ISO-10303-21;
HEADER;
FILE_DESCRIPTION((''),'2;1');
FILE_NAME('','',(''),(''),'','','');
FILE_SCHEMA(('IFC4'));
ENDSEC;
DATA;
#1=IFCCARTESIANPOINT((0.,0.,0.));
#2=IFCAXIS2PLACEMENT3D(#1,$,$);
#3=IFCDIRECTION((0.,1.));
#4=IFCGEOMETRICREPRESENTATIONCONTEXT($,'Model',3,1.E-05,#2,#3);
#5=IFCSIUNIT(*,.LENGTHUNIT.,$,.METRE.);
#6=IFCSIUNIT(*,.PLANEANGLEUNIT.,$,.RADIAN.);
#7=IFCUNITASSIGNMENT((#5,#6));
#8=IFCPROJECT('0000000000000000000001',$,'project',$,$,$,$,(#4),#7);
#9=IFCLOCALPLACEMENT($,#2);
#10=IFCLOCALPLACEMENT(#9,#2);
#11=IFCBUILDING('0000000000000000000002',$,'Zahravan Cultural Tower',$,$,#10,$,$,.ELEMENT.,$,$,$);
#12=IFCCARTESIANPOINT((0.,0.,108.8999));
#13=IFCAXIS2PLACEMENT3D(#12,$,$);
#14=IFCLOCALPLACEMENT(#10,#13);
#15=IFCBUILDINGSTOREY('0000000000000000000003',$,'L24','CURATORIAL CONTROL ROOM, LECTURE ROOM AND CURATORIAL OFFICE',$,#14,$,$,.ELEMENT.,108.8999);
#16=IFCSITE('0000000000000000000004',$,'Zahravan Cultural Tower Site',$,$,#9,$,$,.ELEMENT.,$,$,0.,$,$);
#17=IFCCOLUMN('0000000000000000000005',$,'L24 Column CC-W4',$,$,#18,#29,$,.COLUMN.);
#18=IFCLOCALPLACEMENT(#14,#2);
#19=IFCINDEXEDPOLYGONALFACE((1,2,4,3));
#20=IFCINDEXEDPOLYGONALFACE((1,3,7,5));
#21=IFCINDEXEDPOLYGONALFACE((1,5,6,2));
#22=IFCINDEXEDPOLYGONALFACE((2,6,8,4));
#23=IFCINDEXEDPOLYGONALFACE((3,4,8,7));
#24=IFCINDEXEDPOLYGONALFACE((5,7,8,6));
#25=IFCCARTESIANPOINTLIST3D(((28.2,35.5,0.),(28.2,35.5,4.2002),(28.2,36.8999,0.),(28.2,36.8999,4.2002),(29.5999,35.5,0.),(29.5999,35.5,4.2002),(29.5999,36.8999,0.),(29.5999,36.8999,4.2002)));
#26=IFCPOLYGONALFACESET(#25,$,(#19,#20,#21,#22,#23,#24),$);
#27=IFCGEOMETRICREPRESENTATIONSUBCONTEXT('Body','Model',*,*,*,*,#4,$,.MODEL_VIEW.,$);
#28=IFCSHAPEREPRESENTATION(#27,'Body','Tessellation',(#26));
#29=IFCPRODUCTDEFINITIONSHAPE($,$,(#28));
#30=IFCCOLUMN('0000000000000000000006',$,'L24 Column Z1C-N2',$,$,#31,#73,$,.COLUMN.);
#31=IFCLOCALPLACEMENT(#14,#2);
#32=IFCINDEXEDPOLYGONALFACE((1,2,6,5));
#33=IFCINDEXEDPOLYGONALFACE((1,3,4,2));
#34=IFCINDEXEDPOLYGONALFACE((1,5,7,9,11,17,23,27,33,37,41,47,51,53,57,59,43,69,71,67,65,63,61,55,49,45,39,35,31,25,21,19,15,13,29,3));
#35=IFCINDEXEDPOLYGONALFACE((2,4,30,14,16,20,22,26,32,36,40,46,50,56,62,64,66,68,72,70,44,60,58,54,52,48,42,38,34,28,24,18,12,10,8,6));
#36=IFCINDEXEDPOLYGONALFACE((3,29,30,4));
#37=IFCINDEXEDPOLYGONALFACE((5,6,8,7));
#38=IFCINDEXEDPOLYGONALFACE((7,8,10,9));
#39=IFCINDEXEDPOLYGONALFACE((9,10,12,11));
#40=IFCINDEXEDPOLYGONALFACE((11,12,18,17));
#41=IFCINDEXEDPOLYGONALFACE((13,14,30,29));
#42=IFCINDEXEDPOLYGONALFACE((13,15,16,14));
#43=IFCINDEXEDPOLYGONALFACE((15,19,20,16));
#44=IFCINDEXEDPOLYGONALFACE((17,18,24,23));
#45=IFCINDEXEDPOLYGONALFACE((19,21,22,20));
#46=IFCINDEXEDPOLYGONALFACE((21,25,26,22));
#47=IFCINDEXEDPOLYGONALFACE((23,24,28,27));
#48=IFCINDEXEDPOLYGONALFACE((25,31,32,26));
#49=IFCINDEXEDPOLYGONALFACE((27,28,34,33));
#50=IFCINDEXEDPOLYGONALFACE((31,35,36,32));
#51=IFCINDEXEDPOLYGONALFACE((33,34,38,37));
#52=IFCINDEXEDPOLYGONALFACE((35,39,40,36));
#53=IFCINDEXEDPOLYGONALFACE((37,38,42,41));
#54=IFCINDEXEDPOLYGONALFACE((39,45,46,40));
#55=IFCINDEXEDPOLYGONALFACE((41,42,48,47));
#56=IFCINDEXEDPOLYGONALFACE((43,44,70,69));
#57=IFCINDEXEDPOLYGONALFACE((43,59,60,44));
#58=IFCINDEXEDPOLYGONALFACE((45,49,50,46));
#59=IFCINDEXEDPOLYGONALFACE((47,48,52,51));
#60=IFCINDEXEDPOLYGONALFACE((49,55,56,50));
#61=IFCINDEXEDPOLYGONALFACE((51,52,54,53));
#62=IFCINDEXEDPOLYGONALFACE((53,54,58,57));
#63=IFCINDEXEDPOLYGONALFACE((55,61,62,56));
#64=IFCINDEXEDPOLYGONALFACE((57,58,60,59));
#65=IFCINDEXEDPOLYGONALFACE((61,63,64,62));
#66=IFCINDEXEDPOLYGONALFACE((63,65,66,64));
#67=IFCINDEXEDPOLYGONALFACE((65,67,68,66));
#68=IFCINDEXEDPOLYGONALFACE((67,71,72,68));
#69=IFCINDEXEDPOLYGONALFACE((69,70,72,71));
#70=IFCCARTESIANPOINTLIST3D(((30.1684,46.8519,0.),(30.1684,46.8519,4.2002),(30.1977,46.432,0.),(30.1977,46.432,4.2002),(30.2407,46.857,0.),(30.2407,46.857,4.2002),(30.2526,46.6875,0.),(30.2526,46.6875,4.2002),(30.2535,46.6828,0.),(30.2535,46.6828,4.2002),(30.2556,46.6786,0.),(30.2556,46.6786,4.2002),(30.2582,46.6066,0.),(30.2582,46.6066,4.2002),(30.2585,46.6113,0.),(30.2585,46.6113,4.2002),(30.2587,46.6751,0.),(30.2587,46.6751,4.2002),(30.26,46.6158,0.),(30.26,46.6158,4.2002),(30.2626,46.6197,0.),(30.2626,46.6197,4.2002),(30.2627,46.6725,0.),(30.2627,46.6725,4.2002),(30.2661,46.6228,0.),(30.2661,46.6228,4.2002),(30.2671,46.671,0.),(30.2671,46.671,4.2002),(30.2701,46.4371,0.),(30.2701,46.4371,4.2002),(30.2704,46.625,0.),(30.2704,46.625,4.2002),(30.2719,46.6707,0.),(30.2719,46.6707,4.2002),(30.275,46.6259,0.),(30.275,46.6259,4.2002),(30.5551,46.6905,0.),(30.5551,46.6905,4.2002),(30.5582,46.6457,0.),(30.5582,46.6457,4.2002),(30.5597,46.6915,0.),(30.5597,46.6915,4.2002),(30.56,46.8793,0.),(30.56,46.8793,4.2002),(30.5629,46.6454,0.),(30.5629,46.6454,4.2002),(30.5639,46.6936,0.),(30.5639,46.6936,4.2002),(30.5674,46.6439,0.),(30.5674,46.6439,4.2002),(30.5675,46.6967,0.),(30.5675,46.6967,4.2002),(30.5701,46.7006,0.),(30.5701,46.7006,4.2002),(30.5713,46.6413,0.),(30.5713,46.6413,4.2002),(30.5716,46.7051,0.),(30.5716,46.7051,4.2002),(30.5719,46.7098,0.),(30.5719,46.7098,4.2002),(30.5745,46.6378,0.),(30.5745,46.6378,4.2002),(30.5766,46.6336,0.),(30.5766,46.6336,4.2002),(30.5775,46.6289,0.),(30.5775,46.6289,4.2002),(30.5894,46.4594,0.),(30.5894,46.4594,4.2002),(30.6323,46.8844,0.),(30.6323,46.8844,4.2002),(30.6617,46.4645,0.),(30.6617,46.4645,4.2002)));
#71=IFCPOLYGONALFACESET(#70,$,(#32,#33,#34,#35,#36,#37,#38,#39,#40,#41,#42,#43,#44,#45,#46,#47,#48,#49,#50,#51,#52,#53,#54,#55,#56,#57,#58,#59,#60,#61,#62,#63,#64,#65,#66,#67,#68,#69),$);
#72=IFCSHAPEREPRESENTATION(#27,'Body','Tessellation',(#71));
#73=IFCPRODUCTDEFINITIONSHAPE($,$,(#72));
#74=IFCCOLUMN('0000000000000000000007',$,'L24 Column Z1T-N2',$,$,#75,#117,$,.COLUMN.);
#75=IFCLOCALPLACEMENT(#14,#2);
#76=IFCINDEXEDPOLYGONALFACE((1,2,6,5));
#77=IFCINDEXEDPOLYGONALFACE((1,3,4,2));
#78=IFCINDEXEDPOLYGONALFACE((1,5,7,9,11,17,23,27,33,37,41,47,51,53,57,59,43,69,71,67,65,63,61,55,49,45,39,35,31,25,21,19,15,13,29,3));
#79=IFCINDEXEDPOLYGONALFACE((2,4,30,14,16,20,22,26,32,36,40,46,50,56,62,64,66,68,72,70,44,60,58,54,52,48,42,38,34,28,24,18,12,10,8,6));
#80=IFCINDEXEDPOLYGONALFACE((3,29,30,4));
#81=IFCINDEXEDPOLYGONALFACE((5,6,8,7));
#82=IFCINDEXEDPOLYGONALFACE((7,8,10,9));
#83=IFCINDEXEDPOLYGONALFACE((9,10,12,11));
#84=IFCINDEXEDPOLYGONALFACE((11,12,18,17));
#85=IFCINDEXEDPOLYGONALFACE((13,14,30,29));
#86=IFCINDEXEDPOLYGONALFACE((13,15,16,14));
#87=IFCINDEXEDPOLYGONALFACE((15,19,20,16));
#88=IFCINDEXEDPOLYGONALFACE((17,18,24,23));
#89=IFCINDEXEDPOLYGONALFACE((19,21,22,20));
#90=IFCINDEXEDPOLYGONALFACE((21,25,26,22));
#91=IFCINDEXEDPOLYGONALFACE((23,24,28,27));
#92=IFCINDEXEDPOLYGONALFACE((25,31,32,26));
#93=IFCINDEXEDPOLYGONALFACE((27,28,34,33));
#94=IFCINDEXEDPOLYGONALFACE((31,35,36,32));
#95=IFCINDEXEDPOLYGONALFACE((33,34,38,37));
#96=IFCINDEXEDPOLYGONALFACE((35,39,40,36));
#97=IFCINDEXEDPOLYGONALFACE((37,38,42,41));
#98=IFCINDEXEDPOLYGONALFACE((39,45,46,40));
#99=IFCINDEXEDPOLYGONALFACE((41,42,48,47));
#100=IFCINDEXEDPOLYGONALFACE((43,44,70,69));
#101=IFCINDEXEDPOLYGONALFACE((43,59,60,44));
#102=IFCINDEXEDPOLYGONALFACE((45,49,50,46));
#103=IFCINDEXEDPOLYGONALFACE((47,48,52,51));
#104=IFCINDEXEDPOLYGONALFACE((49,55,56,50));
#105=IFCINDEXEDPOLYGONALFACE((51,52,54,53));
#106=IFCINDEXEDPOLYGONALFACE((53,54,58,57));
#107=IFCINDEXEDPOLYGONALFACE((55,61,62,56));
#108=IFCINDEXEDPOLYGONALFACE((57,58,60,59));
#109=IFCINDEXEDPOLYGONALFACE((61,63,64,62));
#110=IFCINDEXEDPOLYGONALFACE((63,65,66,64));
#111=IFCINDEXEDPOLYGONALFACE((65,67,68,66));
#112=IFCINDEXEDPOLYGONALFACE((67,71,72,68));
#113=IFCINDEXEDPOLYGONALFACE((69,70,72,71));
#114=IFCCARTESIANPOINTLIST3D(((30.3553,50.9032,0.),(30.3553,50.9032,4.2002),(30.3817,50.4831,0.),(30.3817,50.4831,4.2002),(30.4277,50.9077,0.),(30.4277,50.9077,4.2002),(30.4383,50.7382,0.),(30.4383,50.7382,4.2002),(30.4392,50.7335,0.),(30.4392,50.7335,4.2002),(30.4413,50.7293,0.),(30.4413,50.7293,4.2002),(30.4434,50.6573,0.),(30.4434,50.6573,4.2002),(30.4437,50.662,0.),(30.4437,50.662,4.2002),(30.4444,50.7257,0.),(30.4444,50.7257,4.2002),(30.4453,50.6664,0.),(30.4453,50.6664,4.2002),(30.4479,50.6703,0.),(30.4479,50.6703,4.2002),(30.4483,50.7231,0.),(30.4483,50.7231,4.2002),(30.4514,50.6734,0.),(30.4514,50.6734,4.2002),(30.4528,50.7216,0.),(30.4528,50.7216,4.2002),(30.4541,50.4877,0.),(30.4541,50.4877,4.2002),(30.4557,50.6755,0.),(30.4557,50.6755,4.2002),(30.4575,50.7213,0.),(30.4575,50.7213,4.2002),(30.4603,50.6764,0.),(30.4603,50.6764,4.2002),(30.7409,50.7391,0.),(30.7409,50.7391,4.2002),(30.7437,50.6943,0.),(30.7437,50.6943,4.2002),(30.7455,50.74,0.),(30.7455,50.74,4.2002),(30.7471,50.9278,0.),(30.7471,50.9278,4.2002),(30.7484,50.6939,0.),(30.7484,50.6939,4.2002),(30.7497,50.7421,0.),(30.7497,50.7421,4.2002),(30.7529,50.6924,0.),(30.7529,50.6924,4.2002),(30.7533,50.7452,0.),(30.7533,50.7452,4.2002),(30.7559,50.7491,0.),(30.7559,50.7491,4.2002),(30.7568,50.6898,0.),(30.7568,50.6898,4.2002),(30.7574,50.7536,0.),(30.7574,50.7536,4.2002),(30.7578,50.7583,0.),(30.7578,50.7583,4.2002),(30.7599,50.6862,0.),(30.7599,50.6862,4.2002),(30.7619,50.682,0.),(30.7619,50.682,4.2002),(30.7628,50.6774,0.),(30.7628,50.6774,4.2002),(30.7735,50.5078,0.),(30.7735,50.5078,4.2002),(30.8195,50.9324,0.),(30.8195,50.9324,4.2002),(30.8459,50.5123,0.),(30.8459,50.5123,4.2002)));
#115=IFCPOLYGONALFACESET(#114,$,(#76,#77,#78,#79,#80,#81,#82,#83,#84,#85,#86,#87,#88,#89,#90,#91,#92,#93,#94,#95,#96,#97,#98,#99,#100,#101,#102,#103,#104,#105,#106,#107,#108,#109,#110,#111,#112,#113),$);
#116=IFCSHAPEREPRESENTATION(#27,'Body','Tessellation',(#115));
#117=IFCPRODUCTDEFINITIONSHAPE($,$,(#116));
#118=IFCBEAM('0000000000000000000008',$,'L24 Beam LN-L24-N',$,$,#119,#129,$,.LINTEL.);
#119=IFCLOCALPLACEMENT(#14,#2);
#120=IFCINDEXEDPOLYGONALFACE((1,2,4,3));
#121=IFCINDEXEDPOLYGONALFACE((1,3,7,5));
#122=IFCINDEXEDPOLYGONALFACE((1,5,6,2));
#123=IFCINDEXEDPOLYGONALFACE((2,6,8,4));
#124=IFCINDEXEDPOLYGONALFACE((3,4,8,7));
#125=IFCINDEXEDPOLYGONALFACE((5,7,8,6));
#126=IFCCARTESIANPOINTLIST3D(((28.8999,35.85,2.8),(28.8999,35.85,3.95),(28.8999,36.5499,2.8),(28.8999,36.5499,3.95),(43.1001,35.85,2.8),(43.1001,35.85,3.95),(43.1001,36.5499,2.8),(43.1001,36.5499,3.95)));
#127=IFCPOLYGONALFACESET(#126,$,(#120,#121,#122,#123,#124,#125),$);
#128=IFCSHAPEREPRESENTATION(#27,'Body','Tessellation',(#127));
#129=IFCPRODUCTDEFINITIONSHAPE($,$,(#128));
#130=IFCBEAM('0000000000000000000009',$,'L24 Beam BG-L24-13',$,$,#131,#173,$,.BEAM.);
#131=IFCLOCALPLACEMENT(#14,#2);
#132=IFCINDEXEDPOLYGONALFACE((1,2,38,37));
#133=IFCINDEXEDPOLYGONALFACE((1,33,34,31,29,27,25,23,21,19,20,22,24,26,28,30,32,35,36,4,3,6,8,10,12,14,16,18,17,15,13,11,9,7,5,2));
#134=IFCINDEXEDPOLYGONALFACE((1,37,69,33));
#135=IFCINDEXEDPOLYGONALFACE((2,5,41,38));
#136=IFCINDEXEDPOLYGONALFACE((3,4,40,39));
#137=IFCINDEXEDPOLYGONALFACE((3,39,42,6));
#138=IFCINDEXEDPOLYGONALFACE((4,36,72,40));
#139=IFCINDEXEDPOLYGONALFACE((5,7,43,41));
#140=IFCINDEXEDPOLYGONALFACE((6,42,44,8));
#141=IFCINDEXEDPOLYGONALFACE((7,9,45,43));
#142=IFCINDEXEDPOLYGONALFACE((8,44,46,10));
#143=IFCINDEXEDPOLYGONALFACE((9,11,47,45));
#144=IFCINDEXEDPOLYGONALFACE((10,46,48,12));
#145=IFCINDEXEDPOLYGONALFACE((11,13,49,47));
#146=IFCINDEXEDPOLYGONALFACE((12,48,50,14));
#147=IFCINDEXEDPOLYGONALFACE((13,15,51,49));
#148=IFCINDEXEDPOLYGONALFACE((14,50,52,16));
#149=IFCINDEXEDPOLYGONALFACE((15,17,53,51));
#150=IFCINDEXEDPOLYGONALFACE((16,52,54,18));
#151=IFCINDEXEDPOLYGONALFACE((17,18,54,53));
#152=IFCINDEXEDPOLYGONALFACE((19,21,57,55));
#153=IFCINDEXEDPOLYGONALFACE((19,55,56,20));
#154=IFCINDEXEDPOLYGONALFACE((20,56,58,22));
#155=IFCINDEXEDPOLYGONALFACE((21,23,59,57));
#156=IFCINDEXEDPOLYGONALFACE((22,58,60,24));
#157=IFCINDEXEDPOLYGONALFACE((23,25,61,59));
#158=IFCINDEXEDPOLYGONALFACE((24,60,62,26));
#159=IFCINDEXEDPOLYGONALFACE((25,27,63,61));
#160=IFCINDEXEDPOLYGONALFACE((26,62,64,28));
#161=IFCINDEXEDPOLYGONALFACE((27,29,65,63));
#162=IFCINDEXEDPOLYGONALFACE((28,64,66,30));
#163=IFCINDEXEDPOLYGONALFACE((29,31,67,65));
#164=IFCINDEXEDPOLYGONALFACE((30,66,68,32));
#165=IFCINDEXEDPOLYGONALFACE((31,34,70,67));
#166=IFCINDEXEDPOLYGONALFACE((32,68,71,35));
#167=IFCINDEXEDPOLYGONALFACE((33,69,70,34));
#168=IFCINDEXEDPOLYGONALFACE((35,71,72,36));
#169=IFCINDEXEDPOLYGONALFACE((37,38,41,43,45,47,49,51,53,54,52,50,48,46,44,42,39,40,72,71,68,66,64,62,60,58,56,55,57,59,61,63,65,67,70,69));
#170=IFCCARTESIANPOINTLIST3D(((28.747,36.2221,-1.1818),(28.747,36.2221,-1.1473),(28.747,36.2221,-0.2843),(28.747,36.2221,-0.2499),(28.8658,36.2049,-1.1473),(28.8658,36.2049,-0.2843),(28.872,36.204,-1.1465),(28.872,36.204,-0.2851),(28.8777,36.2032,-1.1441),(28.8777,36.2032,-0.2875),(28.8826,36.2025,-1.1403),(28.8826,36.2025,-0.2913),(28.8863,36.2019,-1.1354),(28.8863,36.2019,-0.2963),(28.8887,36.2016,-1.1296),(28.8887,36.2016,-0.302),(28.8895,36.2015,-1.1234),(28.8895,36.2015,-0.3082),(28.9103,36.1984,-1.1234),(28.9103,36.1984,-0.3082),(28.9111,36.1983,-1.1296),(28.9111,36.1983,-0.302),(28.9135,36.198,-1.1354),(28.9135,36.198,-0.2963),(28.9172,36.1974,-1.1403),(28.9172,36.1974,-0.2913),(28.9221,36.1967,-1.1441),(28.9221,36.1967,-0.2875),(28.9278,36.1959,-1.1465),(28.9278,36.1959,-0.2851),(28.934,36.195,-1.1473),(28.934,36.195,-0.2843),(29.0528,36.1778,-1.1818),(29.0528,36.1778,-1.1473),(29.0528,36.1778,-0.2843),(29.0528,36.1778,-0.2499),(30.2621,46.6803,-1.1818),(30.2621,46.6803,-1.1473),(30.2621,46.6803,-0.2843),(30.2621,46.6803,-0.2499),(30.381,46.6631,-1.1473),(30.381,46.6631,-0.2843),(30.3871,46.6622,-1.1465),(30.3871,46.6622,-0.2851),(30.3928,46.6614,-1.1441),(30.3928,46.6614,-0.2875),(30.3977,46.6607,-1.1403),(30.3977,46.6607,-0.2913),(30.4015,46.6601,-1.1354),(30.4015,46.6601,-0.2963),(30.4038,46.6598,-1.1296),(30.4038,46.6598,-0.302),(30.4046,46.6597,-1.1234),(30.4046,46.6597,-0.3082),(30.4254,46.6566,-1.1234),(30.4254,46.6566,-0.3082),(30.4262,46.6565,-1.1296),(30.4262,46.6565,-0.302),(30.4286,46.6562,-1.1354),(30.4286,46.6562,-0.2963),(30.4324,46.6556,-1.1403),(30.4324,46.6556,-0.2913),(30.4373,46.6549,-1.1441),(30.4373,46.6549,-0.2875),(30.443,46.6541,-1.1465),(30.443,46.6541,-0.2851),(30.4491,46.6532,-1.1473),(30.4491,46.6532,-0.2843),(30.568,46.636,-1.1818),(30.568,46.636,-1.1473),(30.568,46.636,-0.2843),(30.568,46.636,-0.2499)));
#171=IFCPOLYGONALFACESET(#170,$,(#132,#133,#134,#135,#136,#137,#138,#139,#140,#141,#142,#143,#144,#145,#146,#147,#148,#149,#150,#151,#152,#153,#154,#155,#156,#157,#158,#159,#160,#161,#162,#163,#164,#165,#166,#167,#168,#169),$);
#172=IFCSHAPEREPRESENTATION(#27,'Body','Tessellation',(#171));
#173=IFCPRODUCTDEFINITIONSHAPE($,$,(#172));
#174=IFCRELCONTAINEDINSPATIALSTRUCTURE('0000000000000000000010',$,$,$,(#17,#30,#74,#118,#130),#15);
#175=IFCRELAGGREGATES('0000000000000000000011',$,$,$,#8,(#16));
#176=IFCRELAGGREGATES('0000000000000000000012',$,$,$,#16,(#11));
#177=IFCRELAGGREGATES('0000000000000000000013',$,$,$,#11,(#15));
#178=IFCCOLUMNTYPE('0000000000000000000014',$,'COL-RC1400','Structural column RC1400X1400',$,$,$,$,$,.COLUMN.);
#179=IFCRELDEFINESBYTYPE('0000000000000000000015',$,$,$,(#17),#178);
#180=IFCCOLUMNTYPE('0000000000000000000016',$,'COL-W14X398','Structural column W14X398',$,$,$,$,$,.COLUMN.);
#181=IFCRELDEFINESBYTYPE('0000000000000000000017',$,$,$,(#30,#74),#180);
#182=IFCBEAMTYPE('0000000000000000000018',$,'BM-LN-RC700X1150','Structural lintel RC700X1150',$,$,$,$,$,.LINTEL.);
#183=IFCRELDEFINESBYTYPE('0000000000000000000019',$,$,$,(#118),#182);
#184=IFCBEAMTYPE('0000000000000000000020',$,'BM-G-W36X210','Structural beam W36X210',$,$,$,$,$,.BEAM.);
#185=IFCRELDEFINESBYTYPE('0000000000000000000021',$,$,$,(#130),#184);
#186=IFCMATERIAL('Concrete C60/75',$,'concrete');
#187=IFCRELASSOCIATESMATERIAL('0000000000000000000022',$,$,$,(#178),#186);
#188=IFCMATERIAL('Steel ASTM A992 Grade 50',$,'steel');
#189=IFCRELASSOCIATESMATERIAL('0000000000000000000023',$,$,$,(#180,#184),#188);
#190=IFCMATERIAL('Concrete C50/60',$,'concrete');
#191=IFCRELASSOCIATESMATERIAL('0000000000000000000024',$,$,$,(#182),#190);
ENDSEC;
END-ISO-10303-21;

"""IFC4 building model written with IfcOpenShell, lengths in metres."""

from ifc_helpers import new_model, si_unit, direction, frame, origin, origin_2d, place, context, subcontext, project, spatial, rectangle, i_section, extrude, source, transform, mapped, material, material_profile, profile_set, type_object, element, save


model = new_model("IFC4")

# Units and contexts
model_context = context("Model", 3, precision=1e-05, world=origin(), true_north=direction((0.0, 1.0)))
body_context = subcontext(model_context, "Body", "Model", "MODEL_VIEW")
ifc_project = project(units=[si_unit("LENGTHUNIT", "METRE"), si_unit("PLANEANGLEUNIT", "RADIAN")], contexts=[model_context])

# Site, building, storey
site_placement = place(None, origin())
site = spatial("IfcSite", under=ifc_project, at=site_placement, Name="Zahravan Cultural Tower Site", CompositionType="ELEMENT", RefElevation=0.0)
building_placement = place(site_placement, origin())
building = spatial("IfcBuilding", under=site, at=building_placement, Name="Zahravan Cultural Tower", CompositionType="ELEMENT")
storey_placement = place(building_placement, frame((0.0, 0.0, 108.8999)))
storey = spatial("IfcBuildingStorey", under=building, at=storey_placement, Name="L24", Description="CURATORIAL CONTROL ROOM, LECTURE ROOM AND CURATORIAL OFFICE", CompositionType="ELEMENT", Elevation=108.8999)

# Columns
ifc_material_1 = material(Name="Concrete C60/75", Category="concrete")
ifc_material_profile_1 = material_profile(ifc_material_1, rectangle(XDim=1.3999, YDim=1.3999, at=origin_2d()), Name="RC1400X1400")
ifc_profile_set_1 = profile_set([ifc_material_profile_1], Name="Concrete C60/75")
column_type_1 = type_object("IfcColumnType", Name="COL-RC1400", Description="Structural column RC1400X1400", PredefinedType="COLUMN", material=ifc_profile_set_1)
shared_shape_1 = source(origin(), body_context, "Body", "SweptSolid", [
    extrude(rectangle(XDim=1.3999, YDim=1.3999, at=origin_2d()), origin(), (0.0, 0.0, 1.0), 4.2002),
])
column_placement = place(storey_placement, frame((28.8999, 36.2, 0.0), z_axis=(0.0, 0.0, 1.0), x_axis=(1.0, 0.0, 0.0)))
element("IfcColumn", 1, at=column_placement, inside=storey, type_object=column_type_1, Name="L24 Column CC-W4", PredefinedType="COLUMN", context=body_context, shape_type="MappedRepresentation", body=[
    mapped(shared_shape_1, transform((0.0, 0.0, 0.0), x_axis=(1.0, 0.0, 0.0), y_axis=(0.0, 1.0, 0.0), z_axis=(0.0, 0.0, 1.0), scale=1.0)),
])
ifc_material_2 = material(Name="Steel ASTM A992 Grade 50", Category="steel")
ifc_material_profile_2 = material_profile(ifc_material_2, i_section(OverallWidth=0.4209, OverallDepth=0.4651, WebThickness=0.0449, FlangeThickness=0.0725, FilletRadius=0.0181, at=origin_2d()), Name="W14X398")
ifc_profile_set_2 = profile_set([ifc_material_profile_2], Name="Steel ASTM A992 Grade 50")
column_type_2 = type_object("IfcColumnType", Name="COL-W14X398", Description="Structural column W14X398", PredefinedType="COLUMN", material=ifc_profile_set_2)
shared_shape_2 = source(origin(), body_context, "Body", "SweptSolid", [
    extrude(i_section(OverallWidth=0.4209, OverallDepth=0.4651, WebThickness=0.0449, FlangeThickness=0.0725, FilletRadius=0.0181, at=origin_2d()), origin(), (0.0, 0.0, 1.0), 4.2002),
])
for number, where, z_axis, x_axis, name in (
    (2, (30.415, 46.6582, 0.0), (0.0, 0.0, 1.0), (-0.069756, 0.997564, 0.0), "L24 Column Z1C-N2"),
    (3, (30.6006, 50.7078, 0.0), (0.0, 0.0, 1.0), (-0.062791, 0.998027, 0.0), "L24 Column Z1T-N2"),
):
    element("IfcColumn", number, at=place(storey_placement, frame(where, z_axis=z_axis, x_axis=x_axis)), inside=storey, type_object=column_type_2, Name=name, PredefinedType="COLUMN", context=body_context, shape_type="MappedRepresentation", body=[
        mapped(shared_shape_2, transform((0.0, 0.0, 0.0), x_axis=(1.0, 0.0, 0.0), y_axis=(0.0, 1.0, 0.0), z_axis=(0.0, 0.0, 1.0), scale=1.0)),
    ])

# Beams
ifc_material_3 = material(Name="Concrete C50/60", Category="concrete")
ifc_material_profile_3 = material_profile(ifc_material_3, rectangle(XDim=0.7, YDim=1.1499, at=origin_2d()), Name="RC700X1150")
ifc_profile_set_3 = profile_set([ifc_material_profile_3], Name="Concrete C50/60")
beam_type_1 = type_object("IfcBeamType", Name="BM-LN-RC700X1150", Description="Structural lintel RC700X1150", PredefinedType="LINTEL", material=ifc_profile_set_3)
shared_shape_3 = source(origin(), body_context, "Body", "SweptSolid", [
    extrude(rectangle(XDim=0.7, YDim=1.1499, at=origin_2d()), origin(), (0.0, 0.0, 1.0), 14.2002),
])
beam_1_placement = place(storey_placement, frame((28.8999, 36.2, 3.375), z_axis=(1.0, 0.0, 0.0), x_axis=(0.0, 1.0, 0.0)))
element("IfcBeam", 4, at=beam_1_placement, inside=storey, type_object=beam_type_1, Name="L24 Beam LN-L24-N", PredefinedType="LINTEL", context=body_context, shape_type="MappedRepresentation", body=[
    mapped(shared_shape_3, transform((0.0, 0.0, 0.0), x_axis=(1.0, 0.0, 0.0), y_axis=(0.0, 1.0, 0.0), z_axis=(0.0, 0.0, 1.0), scale=1.0)),
])
ifc_material_profile_4 = material_profile(ifc_material_2, i_section(OverallWidth=0.3091, OverallDepth=0.9319, WebThickness=0.021, FlangeThickness=0.0344, FilletRadius=0.0239, at=origin_2d()), Name="W36X210")
ifc_profile_set_4 = profile_set([ifc_material_profile_4], Name="Steel ASTM A992 Grade 50")
beam_type_2 = type_object("IfcBeamType", Name="BM-G-W36X210", Description="Structural beam W36X210", PredefinedType="BEAM", material=ifc_profile_set_4)
shared_shape_4 = source(origin(), body_context, "Body", "SweptSolid", [
    extrude(i_section(OverallWidth=0.3091, OverallDepth=0.9319, WebThickness=0.021, FlangeThickness=0.0344, FilletRadius=0.0239, at=origin_2d()), origin(), (0.0, 0.0, 1.0), 10.5674),
])
beam_2_placement = place(storey_placement, frame((28.8999, 36.2, -0.7158), z_axis=(0.143378, 0.989668, 0.0), x_axis=(-0.989668, 0.143378, 0.0)))
element("IfcBeam", 5, at=beam_2_placement, inside=storey, type_object=beam_type_2, Name="L24 Beam BG-L24-13", PredefinedType="BEAM", context=body_context, shape_type="MappedRepresentation", body=[
    mapped(shared_shape_4, transform((0.0, 0.0, 0.0), x_axis=(1.0, 0.0, 0.0), y_axis=(0.0, 1.0, 0.0), z_axis=(0.0, 0.0, 1.0), scale=1.0)),
])

save(model, "model.ifc")
